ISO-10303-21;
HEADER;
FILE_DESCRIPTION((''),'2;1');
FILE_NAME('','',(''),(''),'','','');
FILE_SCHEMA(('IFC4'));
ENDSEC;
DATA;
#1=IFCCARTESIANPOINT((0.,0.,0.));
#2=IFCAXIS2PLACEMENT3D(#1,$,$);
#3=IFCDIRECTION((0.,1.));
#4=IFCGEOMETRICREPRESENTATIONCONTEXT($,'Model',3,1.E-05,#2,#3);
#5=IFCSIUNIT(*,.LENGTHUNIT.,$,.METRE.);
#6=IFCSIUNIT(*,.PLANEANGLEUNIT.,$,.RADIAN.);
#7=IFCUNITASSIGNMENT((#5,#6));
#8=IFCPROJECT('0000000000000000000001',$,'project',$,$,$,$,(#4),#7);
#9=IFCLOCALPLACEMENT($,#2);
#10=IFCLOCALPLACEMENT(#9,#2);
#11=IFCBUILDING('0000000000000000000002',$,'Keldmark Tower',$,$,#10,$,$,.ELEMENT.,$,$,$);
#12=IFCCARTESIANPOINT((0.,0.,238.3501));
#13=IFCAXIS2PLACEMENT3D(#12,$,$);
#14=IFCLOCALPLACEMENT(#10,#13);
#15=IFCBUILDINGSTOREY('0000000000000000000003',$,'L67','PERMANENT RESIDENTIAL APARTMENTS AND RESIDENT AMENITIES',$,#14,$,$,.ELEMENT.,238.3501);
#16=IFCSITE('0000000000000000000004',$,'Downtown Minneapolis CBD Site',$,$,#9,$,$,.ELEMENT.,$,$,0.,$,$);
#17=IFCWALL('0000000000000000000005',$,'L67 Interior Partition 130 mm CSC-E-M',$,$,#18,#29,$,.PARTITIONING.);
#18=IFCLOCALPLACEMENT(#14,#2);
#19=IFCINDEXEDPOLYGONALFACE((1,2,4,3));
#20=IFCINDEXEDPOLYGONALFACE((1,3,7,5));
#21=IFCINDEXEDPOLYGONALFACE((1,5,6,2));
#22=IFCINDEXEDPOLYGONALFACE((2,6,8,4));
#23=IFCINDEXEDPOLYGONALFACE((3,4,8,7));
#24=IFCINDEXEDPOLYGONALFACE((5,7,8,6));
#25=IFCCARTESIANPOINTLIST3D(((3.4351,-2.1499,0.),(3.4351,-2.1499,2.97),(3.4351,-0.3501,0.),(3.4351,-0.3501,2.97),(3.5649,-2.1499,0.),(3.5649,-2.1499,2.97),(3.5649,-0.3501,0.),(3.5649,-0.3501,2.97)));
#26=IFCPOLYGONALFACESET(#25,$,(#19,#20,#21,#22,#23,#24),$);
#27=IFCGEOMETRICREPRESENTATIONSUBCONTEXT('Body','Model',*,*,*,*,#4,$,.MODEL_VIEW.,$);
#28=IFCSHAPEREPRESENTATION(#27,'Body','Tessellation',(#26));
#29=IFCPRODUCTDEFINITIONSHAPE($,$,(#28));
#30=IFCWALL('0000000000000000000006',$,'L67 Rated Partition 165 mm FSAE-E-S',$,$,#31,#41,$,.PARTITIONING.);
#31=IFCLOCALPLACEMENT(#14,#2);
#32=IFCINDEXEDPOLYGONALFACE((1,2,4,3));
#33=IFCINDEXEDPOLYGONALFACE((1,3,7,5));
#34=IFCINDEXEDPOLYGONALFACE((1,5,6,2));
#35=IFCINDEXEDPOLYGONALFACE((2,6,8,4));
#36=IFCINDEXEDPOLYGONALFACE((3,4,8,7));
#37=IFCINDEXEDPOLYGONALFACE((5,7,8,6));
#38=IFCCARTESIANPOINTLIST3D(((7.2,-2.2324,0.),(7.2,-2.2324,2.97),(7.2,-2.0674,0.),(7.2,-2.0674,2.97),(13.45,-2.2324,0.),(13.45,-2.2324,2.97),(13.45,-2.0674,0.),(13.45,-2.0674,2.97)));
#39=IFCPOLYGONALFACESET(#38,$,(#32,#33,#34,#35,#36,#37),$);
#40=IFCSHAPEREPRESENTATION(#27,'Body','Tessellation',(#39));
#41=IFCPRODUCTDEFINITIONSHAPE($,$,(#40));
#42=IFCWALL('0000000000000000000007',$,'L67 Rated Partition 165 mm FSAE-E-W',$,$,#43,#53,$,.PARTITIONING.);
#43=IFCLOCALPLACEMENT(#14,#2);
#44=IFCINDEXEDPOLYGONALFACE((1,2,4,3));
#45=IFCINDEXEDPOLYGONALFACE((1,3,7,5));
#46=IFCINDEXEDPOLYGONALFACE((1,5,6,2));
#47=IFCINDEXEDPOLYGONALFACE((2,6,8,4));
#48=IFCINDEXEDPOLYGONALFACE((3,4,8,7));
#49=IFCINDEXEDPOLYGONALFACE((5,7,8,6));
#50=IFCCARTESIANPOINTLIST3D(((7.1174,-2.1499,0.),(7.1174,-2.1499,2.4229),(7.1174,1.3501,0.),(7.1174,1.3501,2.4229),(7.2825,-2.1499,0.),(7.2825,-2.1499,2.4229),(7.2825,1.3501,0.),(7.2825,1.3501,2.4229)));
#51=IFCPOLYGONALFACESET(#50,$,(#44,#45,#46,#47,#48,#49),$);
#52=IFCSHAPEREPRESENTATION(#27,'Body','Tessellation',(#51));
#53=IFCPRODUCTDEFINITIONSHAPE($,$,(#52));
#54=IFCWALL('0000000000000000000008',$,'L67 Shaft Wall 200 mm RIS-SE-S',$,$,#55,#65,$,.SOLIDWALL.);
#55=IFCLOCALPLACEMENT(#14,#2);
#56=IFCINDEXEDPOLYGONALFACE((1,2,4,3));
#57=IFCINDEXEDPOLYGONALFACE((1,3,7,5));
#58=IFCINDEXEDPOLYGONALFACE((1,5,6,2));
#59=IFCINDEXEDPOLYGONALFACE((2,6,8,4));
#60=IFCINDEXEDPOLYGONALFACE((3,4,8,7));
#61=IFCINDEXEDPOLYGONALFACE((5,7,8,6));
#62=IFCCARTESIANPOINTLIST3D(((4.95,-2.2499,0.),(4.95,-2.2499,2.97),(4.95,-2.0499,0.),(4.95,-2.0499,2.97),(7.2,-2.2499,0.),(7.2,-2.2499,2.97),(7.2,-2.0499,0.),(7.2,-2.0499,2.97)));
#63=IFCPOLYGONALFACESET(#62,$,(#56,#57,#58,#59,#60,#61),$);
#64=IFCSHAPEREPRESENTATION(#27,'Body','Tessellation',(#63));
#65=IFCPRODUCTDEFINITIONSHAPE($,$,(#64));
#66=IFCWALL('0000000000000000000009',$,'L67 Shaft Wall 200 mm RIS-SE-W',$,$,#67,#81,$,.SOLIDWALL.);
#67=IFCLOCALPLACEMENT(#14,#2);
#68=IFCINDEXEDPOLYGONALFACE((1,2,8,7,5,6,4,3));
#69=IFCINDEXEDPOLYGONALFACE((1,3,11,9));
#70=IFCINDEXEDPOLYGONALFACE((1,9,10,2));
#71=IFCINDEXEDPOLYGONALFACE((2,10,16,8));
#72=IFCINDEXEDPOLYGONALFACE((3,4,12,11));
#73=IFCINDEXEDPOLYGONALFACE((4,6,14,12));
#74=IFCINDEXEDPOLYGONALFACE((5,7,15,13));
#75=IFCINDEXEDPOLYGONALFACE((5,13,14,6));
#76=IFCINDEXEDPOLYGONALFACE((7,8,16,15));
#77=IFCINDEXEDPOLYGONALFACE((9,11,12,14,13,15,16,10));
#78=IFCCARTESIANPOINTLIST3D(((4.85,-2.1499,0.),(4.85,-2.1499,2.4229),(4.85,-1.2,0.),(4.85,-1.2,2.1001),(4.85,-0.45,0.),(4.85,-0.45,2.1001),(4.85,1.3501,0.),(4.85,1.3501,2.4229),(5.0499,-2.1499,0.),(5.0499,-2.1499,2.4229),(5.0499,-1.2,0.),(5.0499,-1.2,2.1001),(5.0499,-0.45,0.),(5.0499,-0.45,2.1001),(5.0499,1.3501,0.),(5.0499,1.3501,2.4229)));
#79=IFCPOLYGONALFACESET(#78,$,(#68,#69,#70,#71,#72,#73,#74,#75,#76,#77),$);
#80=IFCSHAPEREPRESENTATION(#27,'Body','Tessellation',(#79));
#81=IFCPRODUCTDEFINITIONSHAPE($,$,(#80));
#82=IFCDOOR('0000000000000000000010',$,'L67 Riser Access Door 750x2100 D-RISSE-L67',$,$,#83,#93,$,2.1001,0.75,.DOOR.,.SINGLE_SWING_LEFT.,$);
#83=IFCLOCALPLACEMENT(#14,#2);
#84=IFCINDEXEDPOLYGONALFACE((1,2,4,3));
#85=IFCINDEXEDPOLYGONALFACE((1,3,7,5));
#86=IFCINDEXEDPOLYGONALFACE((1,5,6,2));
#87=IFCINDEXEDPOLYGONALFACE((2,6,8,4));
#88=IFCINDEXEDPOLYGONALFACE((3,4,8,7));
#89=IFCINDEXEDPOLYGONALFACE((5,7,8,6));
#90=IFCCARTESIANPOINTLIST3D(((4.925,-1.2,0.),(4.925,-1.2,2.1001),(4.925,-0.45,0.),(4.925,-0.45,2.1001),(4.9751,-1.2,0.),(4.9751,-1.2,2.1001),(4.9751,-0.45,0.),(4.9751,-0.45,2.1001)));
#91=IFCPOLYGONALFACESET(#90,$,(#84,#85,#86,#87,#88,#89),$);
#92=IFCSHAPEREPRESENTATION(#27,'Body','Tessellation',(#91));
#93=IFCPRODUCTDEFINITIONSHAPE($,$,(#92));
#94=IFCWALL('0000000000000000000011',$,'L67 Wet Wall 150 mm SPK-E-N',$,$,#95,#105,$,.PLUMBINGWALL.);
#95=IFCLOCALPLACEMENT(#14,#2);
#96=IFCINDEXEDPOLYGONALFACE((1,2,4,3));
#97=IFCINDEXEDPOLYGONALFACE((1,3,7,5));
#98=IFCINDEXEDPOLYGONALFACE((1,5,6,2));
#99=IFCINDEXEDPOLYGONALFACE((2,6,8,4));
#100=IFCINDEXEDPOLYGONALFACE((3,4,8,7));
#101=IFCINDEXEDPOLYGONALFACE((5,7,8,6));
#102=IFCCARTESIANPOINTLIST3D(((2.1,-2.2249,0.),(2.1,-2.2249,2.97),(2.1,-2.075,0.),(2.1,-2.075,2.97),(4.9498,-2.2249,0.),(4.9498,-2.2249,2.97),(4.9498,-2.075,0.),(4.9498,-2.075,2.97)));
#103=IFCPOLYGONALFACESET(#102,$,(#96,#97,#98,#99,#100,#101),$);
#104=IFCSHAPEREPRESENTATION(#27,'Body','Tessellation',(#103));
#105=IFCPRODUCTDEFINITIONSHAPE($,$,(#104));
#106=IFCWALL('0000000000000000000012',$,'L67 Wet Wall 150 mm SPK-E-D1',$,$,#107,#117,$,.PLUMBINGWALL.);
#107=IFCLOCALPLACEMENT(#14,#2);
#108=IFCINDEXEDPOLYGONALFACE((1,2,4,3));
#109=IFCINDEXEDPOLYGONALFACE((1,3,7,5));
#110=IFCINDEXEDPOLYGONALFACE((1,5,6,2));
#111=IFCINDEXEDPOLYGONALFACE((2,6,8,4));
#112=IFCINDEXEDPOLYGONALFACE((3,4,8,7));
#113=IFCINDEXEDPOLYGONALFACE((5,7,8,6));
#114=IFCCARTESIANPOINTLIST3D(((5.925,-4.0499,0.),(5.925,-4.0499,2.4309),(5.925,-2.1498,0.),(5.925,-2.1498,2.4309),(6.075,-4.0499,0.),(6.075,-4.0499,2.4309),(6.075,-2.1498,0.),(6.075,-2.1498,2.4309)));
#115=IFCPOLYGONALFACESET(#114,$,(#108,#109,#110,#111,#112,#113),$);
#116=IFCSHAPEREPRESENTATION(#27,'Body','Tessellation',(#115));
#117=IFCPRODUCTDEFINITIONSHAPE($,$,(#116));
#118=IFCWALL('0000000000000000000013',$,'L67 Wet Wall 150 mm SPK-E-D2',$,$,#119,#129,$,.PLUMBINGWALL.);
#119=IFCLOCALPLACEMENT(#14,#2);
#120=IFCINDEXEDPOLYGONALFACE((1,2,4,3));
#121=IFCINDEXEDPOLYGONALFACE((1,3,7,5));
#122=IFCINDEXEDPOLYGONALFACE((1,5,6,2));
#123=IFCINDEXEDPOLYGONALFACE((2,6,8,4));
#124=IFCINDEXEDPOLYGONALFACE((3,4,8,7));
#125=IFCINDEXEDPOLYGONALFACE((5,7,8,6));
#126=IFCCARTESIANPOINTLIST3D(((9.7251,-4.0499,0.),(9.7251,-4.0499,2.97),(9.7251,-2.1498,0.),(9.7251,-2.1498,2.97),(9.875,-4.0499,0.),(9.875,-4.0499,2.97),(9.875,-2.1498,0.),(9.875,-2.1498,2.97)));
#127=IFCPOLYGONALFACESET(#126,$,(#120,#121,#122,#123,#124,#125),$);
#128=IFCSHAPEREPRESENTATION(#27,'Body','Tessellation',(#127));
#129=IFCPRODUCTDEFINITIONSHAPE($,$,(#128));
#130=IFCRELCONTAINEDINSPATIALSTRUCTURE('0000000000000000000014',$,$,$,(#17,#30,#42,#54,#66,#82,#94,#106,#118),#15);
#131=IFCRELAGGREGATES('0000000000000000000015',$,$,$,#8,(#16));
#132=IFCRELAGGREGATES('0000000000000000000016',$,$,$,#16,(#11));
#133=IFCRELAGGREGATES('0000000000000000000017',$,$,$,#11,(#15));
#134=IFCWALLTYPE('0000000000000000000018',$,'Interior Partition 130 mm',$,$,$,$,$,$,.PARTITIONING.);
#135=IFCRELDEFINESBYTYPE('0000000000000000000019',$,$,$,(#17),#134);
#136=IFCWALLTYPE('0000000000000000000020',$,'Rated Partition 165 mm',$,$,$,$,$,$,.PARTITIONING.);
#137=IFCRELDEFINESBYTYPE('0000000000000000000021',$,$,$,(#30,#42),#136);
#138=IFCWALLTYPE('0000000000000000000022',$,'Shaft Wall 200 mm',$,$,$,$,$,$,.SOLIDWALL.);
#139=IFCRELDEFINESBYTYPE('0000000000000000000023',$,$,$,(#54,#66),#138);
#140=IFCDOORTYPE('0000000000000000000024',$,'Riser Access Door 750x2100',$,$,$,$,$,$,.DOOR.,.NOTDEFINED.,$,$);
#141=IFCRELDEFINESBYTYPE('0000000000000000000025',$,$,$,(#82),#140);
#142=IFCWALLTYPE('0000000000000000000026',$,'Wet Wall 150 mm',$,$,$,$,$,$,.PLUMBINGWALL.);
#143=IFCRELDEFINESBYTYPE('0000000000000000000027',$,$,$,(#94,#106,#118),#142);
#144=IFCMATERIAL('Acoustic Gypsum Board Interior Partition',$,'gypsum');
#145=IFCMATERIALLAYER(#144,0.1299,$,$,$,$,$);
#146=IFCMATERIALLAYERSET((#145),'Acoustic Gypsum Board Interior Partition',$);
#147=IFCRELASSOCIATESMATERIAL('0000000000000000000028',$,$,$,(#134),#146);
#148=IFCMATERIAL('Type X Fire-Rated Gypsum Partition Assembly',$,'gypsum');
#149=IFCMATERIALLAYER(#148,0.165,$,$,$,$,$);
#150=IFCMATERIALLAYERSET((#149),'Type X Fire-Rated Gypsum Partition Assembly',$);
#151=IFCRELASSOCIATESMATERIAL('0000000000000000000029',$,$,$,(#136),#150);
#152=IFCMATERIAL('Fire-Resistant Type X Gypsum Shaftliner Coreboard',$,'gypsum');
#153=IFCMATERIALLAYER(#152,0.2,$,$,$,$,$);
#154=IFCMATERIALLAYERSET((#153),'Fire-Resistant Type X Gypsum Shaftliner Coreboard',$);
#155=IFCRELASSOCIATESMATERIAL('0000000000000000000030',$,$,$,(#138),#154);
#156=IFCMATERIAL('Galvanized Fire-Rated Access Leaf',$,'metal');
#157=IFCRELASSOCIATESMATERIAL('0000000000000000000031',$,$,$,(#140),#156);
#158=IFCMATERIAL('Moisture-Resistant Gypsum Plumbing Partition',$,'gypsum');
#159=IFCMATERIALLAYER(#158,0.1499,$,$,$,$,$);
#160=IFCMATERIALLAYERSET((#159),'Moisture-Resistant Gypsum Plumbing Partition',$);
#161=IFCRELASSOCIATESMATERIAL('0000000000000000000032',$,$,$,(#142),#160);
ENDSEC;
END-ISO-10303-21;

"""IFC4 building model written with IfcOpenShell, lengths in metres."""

from ifc_helpers import new_model, si_unit, direction, frame, frame_2d, origin, place, context, subcontext, project, spatial, rectangle, extrude, material, layer, layer_set, type_object, element, fill, save


model = new_model("IFC4")

# Units and contexts
model_context = context("Model", 3, precision=1e-05, world=origin(), true_north=direction((0.0, 1.0)))
body_context = subcontext(model_context, "Body", "Model", "MODEL_VIEW")
ifc_project = project(units=[si_unit("LENGTHUNIT", "METRE"), si_unit("PLANEANGLEUNIT", "RADIAN")], contexts=[model_context])

# Site, building, storey
site_placement = place(None, origin())
site = spatial("IfcSite", under=ifc_project, at=site_placement, Name="Downtown Minneapolis CBD Site", CompositionType="ELEMENT", RefElevation=0.0)
building_placement = place(site_placement, origin())
building = spatial("IfcBuilding", under=site, at=building_placement, Name="Keldmark Tower", CompositionType="ELEMENT")
storey_placement = place(building_placement, frame((0.0, 0.0, 238.3501)))
storey = spatial("IfcBuildingStorey", under=building, at=storey_placement, Name="L67", Description="PERMANENT RESIDENTIAL APARTMENTS AND RESIDENT AMENITIES", CompositionType="ELEMENT", Elevation=238.3501)

# Shared definitions
ifc_material_1 = material(Name="Acoustic Gypsum Board Interior Partition", Category="gypsum")
ifc_layer_1 = layer(ifc_material_1, 0.1299)
ifc_layer_set_1 = layer_set([ifc_layer_1], Name="Acoustic Gypsum Board Interior Partition")
wall_type_1 = type_object("IfcWallType", Name="Interior Partition 130 mm", PredefinedType="PARTITIONING", material=ifc_layer_set_1)

# Walls
for number, where, z_axis, x_axis, name in (
    (1, (3.5, -2.1499, 0.0), (0.0, 0.0, 1.0), (0.0, 1.0, 0.0), "L67 Interior Partition 130 mm CSC-E-M"),
):
    element("IfcWall", number, at=place(storey_placement, frame(where, z_axis=z_axis, x_axis=x_axis)), inside=storey, type_object=wall_type_1, Name=name, PredefinedType="PARTITIONING", context=body_context, shape_type="SweptSolid", body=[
        extrude(rectangle(XDim=1.7998, YDim=0.1299, at=frame_2d((0.8999, 0.0))), origin(), (0.0, 0.0, 1.0), 2.97),
    ])
ifc_material_2 = material(Name="Type X Fire-Rated Gypsum Partition Assembly", Category="gypsum")
ifc_layer_2 = layer(ifc_material_2, 0.165)
ifc_layer_set_2 = layer_set([ifc_layer_2], Name="Type X Fire-Rated Gypsum Partition Assembly")
wall_type_2 = type_object("IfcWallType", Name="Rated Partition 165 mm", PredefinedType="PARTITIONING", material=ifc_layer_set_2)
wall_1_placement = place(storey_placement, frame((7.2, -2.1499, 0.0), z_axis=(0.0, 0.0, 1.0), x_axis=(1.0, 0.0, 0.0)))
element("IfcWall", 2, at=wall_1_placement, inside=storey, type_object=wall_type_2, Name="L67 Rated Partition 165 mm FSAE-E-S", PredefinedType="PARTITIONING", context=body_context, shape_type="SweptSolid", body=[
    extrude(rectangle(XDim=6.25, YDim=0.165, at=frame_2d((3.125, 0.0))), origin(), (0.0, 0.0, 1.0), 2.97),
])
wall_2_placement = place(storey_placement, frame((7.2, -2.1499, 0.0), z_axis=(0.0, 0.0, 1.0), x_axis=(0.0, 1.0, 0.0)))
element("IfcWall", 3, at=wall_2_placement, inside=storey, type_object=wall_type_2, Name="L67 Rated Partition 165 mm FSAE-E-W", PredefinedType="PARTITIONING", context=body_context, shape_type="SweptSolid", body=[
    extrude(rectangle(XDim=3.5, YDim=0.165, at=frame_2d((1.75, 0.0))), origin(), (0.0, 0.0, 1.0), 2.4229),
])
ifc_material_3 = material(Name="Fire-Resistant Type X Gypsum Shaftliner Coreboard", Category="gypsum")
ifc_layer_3 = layer(ifc_material_3, 0.2)
ifc_layer_set_3 = layer_set([ifc_layer_3], Name="Fire-Resistant Type X Gypsum Shaftliner Coreboard")
wall_type_3 = type_object("IfcWallType", Name="Shaft Wall 200 mm", PredefinedType="SOLIDWALL", material=ifc_layer_set_3)
wall_3_placement = place(storey_placement, frame((4.95, -2.1499, 0.0), z_axis=(0.0, 0.0, 1.0), x_axis=(1.0, 0.0, 0.0)))
element("IfcWall", 4, at=wall_3_placement, inside=storey, type_object=wall_type_3, Name="L67 Shaft Wall 200 mm RIS-SE-S", PredefinedType="SOLIDWALL", context=body_context, shape_type="SweptSolid", body=[
    extrude(rectangle(XDim=2.25, YDim=0.2, at=frame_2d((1.125, 0.0))), origin(), (0.0, 0.0, 1.0), 2.97),
])

# Wall, opening, door
wall_4_placement = place(storey_placement, frame((4.95, -2.1499, 0.0), z_axis=(0.0, 0.0, 1.0), x_axis=(0.0, 1.0, 0.0)))
wall_4 = element("IfcWall", 5, at=wall_4_placement, inside=storey, type_object=wall_type_3, Name="L67 Shaft Wall 200 mm RIS-SE-W", PredefinedType="SOLIDWALL", context=body_context, shape_type="SweptSolid", body=[
    extrude(rectangle(XDim=3.5, YDim=0.2, at=frame_2d((1.75, 0.0))), origin(), (0.0, 0.0, 1.0), 2.4229),
])
opening_1_placement = place(wall_4_placement, frame((0.95, 0.0, 0.0)))
opening_1 = element("IfcOpeningElement", 6, at=opening_1_placement, cuts=wall_4, PredefinedType="OPENING", context=body_context, shape_type="SweptSolid", body=[
    extrude(rectangle(XDim=0.75, YDim=2.1001, at=frame_2d((0.375, 1.05))), frame((0.0, 0.1099, 0.0), z_axis=(0.0, -1.0, 0.0), x_axis=(1.0, 0.0, 0.0)), (0.0, 0.0, 1.0), 0.22),
])
ifc_material_4 = material(Name="Galvanized Fire-Rated Access Leaf", Category="metal")
door_type_1 = type_object("IfcDoorType", Name="Riser Access Door 750x2100", OperationType="NOTDEFINED", PredefinedType="DOOR", material=ifc_material_4)
door_1_placement = place(opening_1_placement, origin())
door_1 = element("IfcDoor", 7, at=door_1_placement, inside=storey, type_object=door_type_1, Name="L67 Riser Access Door 750x2100 D-RISSE-L67", OperationType="SINGLE_SWING_LEFT", OverallHeight=2.1001, OverallWidth=0.75, PredefinedType="DOOR", context=body_context, shape_type="SweptSolid", body=[
    extrude(rectangle(XDim=0.75, YDim=2.1001, at=frame_2d((0.375, 1.05))), frame((0.0, 0.0249, 0.0), z_axis=(0.0, -1.0, 0.0), x_axis=(1.0, 0.0, 0.0)), (0.0, 0.0, 1.0), 0.05),
])
fill(opening_1, door_1)

# Walls
ifc_material_5 = material(Name="Moisture-Resistant Gypsum Plumbing Partition", Category="gypsum")
ifc_layer_4 = layer(ifc_material_5, 0.1499)
ifc_layer_set_4 = layer_set([ifc_layer_4], Name="Moisture-Resistant Gypsum Plumbing Partition")
wall_type_4 = type_object("IfcWallType", Name="Wet Wall 150 mm", PredefinedType="PLUMBINGWALL", material=ifc_layer_set_4)
wall_5_placement = place(storey_placement, frame((2.1001, -2.1499, 0.0), z_axis=(0.0, 0.0, 1.0), x_axis=(1.0, 0.0, 0.0)))
element("IfcWall", 8, at=wall_5_placement, inside=storey, type_object=wall_type_4, Name="L67 Wet Wall 150 mm SPK-E-N", PredefinedType="PLUMBINGWALL", context=body_context, shape_type="SweptSolid", body=[
    extrude(rectangle(XDim=2.8499, YDim=0.1499, at=frame_2d((1.4248, 0.0))), origin(), (0.0, 0.0, 1.0), 2.97),
])
wall_6_placement = place(storey_placement, frame((6.0, -4.05, 0.0), z_axis=(0.0, 0.0, 1.0), x_axis=(0.0, 1.0, 0.0)))
element("IfcWall", 9, at=wall_6_placement, inside=storey, type_object=wall_type_4, Name="L67 Wet Wall 150 mm SPK-E-D1", PredefinedType="PLUMBINGWALL", context=body_context, shape_type="SweptSolid", body=[
    extrude(rectangle(XDim=1.9001, YDim=0.1499, at=frame_2d((0.9502, 0.0))), origin(), (0.0, 0.0, 1.0), 2.4309),
])
wall_7_placement = place(storey_placement, frame((9.8, -4.05, 0.0), z_axis=(0.0, 0.0, 1.0), x_axis=(0.0, 1.0, 0.0)))
element("IfcWall", 10, at=wall_7_placement, inside=storey, type_object=wall_type_4, Name="L67 Wet Wall 150 mm SPK-E-D2", PredefinedType="PLUMBINGWALL", context=body_context, shape_type="SweptSolid", body=[
    extrude(rectangle(XDim=1.9001, YDim=0.1499, at=frame_2d((0.9502, 0.0))), origin(), (0.0, 0.0, 1.0), 2.97),
])

save(model, "model.ifc")
